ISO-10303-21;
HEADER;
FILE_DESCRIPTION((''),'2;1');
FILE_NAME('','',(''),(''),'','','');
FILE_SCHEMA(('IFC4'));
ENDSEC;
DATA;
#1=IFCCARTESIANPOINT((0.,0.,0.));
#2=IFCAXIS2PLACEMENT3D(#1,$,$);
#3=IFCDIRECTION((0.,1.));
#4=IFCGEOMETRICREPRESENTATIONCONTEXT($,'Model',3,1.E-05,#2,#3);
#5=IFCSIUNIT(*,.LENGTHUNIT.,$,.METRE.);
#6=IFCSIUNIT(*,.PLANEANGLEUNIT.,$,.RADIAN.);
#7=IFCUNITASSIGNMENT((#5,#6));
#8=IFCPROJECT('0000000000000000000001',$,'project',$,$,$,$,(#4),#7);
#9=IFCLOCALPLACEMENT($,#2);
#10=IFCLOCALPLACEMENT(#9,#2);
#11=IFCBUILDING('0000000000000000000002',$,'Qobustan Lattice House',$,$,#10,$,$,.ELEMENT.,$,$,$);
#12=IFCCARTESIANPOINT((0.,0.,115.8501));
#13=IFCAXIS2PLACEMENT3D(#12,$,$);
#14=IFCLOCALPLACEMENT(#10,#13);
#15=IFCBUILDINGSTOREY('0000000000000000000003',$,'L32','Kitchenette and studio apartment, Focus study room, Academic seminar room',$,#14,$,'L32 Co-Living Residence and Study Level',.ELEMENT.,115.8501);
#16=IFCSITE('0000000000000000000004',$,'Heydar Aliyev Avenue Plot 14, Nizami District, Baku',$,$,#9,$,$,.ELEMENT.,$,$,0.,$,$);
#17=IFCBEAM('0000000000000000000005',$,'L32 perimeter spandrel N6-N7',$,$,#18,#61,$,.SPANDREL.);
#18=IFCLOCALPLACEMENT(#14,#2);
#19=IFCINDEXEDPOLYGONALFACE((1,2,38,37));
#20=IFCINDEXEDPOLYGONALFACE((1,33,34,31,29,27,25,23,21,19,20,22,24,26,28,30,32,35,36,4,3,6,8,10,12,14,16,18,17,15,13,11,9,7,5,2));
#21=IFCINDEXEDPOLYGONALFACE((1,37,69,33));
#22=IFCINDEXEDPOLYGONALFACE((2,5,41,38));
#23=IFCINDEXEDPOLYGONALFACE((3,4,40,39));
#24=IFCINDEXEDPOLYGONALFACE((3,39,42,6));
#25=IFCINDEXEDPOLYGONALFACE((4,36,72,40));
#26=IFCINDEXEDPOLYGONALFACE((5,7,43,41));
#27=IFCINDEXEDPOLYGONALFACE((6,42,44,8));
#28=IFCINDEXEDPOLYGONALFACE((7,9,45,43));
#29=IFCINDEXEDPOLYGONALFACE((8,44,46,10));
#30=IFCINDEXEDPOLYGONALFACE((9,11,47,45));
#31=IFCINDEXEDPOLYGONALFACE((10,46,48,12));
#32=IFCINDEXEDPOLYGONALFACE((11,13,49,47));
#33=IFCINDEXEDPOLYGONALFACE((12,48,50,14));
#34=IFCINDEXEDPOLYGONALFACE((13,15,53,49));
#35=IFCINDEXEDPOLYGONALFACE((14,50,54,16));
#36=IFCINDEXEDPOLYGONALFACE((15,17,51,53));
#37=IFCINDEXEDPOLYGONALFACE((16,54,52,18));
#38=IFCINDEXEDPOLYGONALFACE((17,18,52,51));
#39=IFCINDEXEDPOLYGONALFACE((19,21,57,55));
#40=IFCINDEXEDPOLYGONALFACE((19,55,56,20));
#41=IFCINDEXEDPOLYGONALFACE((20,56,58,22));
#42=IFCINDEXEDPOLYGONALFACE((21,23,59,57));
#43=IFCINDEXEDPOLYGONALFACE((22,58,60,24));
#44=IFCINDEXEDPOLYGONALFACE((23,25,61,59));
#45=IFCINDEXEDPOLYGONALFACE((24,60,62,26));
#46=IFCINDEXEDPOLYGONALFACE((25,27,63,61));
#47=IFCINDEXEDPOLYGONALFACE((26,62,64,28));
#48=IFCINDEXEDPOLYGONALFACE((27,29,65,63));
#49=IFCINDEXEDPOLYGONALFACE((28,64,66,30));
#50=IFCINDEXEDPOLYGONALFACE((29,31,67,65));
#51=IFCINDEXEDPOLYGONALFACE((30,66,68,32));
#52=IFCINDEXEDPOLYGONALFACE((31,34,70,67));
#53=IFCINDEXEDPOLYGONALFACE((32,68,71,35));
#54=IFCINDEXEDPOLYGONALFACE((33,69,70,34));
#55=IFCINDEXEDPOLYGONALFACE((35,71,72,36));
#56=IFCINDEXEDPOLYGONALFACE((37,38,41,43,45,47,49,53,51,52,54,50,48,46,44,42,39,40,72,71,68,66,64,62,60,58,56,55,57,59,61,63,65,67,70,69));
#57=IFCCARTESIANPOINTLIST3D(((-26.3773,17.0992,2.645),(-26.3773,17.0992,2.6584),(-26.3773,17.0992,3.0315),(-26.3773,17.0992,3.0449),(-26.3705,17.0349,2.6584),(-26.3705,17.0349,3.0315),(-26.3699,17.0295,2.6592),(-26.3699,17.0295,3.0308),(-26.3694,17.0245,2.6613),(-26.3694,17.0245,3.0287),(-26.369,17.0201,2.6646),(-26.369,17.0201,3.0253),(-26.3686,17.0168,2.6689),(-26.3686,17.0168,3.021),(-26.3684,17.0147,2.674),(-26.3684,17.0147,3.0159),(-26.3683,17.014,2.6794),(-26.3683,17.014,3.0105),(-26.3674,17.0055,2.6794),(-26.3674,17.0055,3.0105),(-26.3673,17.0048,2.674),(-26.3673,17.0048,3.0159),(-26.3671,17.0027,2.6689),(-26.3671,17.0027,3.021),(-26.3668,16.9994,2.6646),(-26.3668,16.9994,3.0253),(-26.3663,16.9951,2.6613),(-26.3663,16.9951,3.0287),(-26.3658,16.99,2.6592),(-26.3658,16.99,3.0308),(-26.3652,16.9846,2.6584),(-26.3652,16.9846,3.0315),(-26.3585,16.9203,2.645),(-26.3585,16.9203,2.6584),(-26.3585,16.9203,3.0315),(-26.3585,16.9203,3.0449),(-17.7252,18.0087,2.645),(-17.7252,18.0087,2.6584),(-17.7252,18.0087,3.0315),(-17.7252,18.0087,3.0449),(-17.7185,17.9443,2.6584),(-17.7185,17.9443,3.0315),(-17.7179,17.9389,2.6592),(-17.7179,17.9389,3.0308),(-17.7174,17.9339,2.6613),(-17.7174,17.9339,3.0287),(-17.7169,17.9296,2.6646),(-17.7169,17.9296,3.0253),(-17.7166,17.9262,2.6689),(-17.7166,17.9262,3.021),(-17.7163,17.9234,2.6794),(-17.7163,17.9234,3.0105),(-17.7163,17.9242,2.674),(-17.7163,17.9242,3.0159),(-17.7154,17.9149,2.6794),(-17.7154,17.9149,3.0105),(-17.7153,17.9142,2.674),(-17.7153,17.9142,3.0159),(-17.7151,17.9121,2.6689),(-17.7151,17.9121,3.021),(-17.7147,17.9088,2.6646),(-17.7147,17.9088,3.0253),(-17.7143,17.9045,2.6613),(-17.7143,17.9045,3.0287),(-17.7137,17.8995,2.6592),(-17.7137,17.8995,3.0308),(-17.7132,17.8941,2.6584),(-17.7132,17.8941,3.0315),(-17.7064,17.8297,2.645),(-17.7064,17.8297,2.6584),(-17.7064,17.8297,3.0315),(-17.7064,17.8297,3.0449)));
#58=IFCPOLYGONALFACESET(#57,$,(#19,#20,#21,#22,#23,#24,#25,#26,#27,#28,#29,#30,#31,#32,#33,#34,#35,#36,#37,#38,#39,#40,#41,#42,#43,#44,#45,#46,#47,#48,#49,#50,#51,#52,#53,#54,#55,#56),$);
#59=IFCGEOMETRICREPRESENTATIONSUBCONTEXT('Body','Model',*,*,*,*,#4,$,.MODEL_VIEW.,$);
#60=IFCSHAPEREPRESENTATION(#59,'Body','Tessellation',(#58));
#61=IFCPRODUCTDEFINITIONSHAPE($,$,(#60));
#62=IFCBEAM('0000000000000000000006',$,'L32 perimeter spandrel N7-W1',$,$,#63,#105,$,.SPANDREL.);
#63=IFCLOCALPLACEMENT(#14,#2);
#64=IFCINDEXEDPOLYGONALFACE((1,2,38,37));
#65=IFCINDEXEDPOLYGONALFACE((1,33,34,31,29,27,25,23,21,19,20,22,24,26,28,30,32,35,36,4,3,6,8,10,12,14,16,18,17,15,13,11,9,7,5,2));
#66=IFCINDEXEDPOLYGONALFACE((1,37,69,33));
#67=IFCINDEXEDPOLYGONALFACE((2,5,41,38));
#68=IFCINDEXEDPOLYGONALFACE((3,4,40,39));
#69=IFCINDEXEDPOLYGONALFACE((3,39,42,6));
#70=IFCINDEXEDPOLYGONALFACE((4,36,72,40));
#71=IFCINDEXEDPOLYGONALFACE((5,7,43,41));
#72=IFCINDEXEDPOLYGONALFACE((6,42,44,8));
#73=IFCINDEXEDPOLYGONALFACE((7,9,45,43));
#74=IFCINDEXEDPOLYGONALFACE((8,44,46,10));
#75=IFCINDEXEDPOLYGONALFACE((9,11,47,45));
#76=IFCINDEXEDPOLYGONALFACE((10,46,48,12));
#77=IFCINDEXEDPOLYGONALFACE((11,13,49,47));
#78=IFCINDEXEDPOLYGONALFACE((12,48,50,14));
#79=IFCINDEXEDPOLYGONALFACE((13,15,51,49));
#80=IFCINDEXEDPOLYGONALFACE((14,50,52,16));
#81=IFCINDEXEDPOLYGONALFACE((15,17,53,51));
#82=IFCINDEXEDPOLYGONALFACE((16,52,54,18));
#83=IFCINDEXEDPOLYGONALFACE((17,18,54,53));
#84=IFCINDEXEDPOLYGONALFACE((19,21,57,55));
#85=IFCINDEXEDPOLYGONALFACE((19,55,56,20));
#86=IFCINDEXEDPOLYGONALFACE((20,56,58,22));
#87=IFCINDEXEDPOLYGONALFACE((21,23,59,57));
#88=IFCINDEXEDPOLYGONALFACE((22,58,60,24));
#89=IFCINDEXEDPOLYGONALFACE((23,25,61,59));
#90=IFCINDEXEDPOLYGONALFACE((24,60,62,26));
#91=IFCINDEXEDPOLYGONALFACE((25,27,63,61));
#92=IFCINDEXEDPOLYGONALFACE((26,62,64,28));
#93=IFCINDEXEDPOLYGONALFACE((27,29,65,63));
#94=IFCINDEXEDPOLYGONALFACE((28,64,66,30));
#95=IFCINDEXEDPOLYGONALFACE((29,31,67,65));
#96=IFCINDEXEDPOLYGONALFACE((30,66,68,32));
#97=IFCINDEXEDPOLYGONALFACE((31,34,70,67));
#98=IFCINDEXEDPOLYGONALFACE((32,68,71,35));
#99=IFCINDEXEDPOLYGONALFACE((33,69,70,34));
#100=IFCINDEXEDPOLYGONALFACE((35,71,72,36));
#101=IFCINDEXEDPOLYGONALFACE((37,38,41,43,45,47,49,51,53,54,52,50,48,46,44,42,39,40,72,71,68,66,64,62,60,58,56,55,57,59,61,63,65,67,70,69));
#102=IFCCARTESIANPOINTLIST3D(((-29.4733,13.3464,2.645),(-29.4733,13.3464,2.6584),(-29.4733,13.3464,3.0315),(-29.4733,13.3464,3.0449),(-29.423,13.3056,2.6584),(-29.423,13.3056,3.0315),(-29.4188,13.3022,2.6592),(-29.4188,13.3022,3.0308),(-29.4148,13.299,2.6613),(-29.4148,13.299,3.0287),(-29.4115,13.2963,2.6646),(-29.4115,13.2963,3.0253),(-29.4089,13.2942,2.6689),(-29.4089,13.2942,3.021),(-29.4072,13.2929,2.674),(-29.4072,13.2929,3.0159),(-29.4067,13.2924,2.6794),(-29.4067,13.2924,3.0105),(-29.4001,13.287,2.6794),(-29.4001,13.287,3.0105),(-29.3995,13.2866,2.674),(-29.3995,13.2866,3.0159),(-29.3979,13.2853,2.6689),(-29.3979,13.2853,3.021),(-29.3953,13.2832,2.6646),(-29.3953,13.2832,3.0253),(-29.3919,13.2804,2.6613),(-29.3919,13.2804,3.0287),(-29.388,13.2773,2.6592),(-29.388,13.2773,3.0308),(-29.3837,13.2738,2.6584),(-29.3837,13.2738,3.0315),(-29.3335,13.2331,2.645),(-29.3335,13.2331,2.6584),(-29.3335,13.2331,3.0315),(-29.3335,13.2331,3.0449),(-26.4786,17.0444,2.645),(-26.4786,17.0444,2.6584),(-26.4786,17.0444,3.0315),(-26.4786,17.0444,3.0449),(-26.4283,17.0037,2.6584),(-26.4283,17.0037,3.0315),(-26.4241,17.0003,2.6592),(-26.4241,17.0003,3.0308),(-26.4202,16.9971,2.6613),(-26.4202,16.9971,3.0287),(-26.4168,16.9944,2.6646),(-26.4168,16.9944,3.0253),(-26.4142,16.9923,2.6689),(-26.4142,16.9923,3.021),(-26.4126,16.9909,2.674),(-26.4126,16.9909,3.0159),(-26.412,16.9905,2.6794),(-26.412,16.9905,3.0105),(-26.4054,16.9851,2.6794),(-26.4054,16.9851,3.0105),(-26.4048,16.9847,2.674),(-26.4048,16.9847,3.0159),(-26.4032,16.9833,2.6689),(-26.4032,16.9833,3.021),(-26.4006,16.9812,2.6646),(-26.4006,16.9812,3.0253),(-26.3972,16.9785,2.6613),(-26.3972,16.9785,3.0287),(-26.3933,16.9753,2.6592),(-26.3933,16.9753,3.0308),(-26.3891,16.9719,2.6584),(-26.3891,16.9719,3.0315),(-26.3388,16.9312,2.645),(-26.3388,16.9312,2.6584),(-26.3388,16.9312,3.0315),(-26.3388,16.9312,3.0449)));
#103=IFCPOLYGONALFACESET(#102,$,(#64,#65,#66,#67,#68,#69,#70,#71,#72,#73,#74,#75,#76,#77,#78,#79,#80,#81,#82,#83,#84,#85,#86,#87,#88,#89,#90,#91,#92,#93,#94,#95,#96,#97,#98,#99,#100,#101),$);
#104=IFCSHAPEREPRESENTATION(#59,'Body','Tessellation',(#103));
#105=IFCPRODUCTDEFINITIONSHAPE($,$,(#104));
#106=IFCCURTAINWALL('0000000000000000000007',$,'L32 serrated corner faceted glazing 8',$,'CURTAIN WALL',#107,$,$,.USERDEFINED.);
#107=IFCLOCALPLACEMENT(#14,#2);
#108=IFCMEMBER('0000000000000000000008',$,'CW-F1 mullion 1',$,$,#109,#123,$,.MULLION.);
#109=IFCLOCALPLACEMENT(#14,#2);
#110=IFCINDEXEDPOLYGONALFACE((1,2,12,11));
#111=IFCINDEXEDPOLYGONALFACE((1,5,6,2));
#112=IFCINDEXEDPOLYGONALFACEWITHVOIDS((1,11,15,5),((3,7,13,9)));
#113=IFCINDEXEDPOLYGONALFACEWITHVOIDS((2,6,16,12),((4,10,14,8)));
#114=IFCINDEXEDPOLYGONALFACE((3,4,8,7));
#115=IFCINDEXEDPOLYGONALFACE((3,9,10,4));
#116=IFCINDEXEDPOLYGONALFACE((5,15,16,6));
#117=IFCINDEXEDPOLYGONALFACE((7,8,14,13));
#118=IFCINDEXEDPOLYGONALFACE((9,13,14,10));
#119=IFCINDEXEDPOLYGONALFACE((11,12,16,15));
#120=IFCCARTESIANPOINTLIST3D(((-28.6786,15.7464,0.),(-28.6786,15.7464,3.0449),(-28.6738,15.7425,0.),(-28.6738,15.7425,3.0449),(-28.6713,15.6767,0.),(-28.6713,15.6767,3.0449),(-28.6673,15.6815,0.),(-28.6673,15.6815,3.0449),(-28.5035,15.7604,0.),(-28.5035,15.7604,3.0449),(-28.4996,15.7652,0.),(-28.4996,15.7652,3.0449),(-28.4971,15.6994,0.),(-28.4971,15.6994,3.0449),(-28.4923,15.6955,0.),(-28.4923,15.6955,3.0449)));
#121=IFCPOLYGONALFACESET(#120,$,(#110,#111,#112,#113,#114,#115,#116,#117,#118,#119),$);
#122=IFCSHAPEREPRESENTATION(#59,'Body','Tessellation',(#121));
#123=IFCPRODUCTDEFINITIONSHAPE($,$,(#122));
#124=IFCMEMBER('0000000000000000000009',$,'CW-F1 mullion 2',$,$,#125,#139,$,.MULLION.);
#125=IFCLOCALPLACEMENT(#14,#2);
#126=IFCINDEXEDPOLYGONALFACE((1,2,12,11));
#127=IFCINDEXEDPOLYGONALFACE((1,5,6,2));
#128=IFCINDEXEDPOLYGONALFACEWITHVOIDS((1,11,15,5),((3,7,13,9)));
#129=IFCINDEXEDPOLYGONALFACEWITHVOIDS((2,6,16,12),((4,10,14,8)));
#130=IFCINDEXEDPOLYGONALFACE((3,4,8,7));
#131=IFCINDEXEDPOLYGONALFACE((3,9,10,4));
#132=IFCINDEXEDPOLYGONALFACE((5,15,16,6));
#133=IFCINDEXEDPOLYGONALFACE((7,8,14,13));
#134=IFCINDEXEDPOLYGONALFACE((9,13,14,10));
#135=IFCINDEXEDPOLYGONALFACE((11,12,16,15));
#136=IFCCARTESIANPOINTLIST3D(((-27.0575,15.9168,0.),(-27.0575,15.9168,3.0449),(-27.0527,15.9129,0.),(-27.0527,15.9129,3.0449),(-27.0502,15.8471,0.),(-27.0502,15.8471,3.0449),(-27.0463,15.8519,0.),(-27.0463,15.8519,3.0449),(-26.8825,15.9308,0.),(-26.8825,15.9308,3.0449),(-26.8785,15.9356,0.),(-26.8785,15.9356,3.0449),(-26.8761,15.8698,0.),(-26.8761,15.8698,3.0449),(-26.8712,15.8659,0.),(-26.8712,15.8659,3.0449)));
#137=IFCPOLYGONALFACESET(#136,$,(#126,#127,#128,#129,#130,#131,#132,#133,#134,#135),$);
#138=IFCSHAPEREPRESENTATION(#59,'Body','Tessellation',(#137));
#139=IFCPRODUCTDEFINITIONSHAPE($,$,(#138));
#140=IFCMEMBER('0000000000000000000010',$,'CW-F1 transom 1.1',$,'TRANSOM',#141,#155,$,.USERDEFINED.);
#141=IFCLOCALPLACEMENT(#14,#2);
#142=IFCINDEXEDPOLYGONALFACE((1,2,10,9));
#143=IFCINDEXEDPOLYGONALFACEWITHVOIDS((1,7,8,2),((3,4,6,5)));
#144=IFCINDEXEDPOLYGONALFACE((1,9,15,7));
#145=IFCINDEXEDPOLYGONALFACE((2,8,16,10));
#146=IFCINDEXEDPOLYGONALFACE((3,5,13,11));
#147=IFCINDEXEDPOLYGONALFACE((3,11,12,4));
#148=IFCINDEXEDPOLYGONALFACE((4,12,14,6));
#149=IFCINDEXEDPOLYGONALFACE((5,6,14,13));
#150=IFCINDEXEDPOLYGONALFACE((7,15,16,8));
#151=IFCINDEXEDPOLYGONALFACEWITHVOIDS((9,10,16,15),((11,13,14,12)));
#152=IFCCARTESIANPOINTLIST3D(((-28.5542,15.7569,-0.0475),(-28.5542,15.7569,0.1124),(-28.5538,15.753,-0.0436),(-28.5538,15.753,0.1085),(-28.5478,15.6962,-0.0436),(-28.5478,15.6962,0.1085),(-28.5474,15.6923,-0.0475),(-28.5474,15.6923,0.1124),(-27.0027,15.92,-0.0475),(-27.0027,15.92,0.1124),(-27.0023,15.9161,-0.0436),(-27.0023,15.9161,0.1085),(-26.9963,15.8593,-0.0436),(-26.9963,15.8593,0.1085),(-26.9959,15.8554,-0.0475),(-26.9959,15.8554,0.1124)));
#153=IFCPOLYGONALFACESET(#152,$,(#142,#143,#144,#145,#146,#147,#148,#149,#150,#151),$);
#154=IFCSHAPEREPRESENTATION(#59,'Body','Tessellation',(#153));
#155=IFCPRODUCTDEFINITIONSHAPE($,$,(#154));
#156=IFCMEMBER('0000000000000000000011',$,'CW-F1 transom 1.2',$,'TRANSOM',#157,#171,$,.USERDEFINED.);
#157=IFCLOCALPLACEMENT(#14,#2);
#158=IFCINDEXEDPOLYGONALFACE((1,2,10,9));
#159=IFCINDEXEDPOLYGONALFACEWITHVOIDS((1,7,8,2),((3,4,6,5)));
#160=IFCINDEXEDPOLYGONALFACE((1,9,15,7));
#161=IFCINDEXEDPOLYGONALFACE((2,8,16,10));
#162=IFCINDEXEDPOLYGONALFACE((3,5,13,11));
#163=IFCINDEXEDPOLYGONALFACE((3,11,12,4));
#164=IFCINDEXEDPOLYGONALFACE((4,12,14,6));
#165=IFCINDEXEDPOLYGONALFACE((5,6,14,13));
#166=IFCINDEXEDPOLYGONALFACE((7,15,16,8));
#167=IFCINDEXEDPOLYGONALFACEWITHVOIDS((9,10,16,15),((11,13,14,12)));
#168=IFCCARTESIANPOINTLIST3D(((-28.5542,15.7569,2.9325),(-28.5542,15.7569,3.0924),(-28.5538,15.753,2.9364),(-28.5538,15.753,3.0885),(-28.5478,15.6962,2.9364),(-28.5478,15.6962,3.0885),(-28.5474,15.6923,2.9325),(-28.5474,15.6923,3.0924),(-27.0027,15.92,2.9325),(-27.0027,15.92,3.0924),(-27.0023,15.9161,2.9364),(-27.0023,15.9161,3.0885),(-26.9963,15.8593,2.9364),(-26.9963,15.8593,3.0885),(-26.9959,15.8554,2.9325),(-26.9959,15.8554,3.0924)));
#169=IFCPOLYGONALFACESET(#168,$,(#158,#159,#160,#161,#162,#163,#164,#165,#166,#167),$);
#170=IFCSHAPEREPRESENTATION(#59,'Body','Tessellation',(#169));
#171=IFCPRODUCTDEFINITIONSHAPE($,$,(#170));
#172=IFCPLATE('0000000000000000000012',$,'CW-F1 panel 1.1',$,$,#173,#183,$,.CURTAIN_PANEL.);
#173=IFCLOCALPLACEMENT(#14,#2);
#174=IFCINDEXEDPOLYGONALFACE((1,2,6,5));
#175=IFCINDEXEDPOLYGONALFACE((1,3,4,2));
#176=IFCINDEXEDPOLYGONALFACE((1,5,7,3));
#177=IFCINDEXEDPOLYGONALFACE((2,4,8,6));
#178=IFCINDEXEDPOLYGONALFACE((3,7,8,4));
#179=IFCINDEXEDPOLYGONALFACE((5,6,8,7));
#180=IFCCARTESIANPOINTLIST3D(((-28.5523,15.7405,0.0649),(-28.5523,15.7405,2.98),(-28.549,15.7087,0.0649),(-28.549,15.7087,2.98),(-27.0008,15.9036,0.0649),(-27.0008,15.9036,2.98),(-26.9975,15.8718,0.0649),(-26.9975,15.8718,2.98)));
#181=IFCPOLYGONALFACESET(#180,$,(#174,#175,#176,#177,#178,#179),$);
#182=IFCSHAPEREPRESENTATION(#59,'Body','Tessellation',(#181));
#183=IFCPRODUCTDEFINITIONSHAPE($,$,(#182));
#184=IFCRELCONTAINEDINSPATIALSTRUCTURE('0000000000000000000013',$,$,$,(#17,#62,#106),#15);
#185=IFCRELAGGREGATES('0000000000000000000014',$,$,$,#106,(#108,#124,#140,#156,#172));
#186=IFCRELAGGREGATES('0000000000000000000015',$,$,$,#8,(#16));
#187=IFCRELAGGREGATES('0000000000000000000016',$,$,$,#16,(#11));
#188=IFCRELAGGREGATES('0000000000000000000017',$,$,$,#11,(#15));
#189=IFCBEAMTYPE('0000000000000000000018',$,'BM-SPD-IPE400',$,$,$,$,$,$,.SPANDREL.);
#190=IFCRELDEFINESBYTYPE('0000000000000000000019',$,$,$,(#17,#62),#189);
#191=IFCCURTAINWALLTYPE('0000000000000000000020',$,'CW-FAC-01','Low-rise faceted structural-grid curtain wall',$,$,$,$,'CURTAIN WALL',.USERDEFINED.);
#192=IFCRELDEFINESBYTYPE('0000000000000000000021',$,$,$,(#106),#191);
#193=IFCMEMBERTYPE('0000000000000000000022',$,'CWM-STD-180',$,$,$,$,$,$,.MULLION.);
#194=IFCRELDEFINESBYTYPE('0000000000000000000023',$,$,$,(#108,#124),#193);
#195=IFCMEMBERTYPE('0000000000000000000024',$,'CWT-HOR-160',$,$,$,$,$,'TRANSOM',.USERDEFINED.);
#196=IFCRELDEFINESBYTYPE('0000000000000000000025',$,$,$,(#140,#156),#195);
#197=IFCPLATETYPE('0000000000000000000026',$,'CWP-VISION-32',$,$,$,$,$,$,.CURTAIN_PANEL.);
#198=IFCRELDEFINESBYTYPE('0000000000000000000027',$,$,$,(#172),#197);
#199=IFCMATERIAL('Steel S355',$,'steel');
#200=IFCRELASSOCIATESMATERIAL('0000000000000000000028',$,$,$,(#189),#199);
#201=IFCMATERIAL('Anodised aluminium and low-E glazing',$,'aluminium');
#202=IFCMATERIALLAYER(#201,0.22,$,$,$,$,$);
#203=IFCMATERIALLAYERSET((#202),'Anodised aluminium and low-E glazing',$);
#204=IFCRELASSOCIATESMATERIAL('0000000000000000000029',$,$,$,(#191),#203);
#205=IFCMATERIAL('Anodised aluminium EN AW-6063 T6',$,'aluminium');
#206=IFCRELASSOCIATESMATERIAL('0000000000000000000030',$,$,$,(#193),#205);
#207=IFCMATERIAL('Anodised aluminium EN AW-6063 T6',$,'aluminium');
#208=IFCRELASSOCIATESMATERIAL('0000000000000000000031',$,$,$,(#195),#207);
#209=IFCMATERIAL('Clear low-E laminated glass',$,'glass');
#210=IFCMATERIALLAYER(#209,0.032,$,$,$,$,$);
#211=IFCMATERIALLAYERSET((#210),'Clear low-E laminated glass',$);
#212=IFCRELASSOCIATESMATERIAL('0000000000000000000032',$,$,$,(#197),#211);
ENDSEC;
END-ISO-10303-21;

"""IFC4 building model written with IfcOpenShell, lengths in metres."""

from ifc_helpers import new_model, si_unit, direction, frame, origin, origin_2d, place, context, subcontext, project, spatial, rectangle, hollow_rectangle, i_section, extrude, material, layer, layer_set, material_profile, profile_set, type_object, element, aggregate, save


model = new_model("IFC4")

# Units and contexts
model_context = context("Model", 3, precision=1e-05, world=origin(), true_north=direction((0.0, 1.0)))
body_context = subcontext(model_context, "Body", "Model", "MODEL_VIEW")
ifc_project = project(units=[si_unit("LENGTHUNIT", "METRE"), si_unit("PLANEANGLEUNIT", "RADIAN")], contexts=[model_context])

# Site, building, storey
site_placement = place(None, origin())
site = spatial("IfcSite", under=ifc_project, at=site_placement, Name="Heydar Aliyev Avenue Plot 14, Nizami District, Baku", CompositionType="ELEMENT", RefElevation=0.0)
building_placement = place(site_placement, origin())
building = spatial("IfcBuilding", under=site, at=building_placement, Name="Qobustan Lattice House", CompositionType="ELEMENT")
storey_placement = place(building_placement, frame((0.0, 0.0, 115.8501)))
storey = spatial("IfcBuildingStorey", under=building, at=storey_placement, Name="L32", Description="Kitchenette and studio apartment, Focus study room, Academic seminar room", LongName="L32 Co-Living Residence and Study Level", CompositionType="ELEMENT", Elevation=115.8501)

# Beams
ifc_material_1 = material(Name="Steel S355", Category="steel")
ifc_material_profile_1 = material_profile(ifc_material_1, i_section(OverallWidth=0.1799, OverallDepth=0.3999, WebThickness=0.0085, FlangeThickness=0.0134, FilletRadius=0.021, at=origin_2d()), Name="IPE400")
ifc_profile_set_1 = profile_set([ifc_material_profile_1], Name="Steel S355")
beam_type_1 = type_object("IfcBeamType", Name="BM-SPD-IPE400", PredefinedType="SPANDREL", material=ifc_profile_set_1)
beam_1_placement = place(storey_placement, frame((-17.7158, 17.9192, 2.845), z_axis=(-0.994521, -0.104534, 0.0), x_axis=(0.104534, -0.994521, 0.0)))
element("IfcBeam", 1, at=beam_1_placement, inside=storey, type_object=beam_type_1, Name="L32 perimeter spandrel N6-N7", PredefinedType="SPANDREL", context=body_context, shape_type="SweptSolid", body=[
    extrude(i_section(OverallWidth=0.1799, OverallDepth=0.3999, WebThickness=0.0085, FlangeThickness=0.0134, FilletRadius=0.021, at=origin_2d()), origin(), (0.0, 0.0, 1.0), 8.6997),
])
beam_2_placement = place(storey_placement, frame((-26.4087, 16.9878, 2.845), z_axis=(-0.629327, -0.777141, 0.0), x_axis=(0.777141, -0.629327, 0.0)))
element("IfcBeam", 2, at=beam_2_placement, inside=storey, type_object=beam_type_1, Name="L32 perimeter spandrel N7-W1", PredefinedType="SPANDREL", context=body_context, shape_type="SweptSolid", body=[
    extrude(i_section(OverallWidth=0.1799, OverallDepth=0.3999, WebThickness=0.0085, FlangeThickness=0.0134, FilletRadius=0.021, at=origin_2d()), origin(), (0.0, 0.0, 1.0), 4.7585),
])

# Curtain wall, members, plate
ifc_material_2 = material(Name="Anodised aluminium and low-E glazing", Category="aluminium")
ifc_layer_1 = layer(ifc_material_2, 0.22)
ifc_layer_set_1 = layer_set([ifc_layer_1], Name="Anodised aluminium and low-E glazing")
curtain_wall_type = type_object("IfcCurtainWallType", Name="CW-FAC-01", Description="Low-rise faceted structural-grid curtain wall", ElementType="CURTAIN WALL", PredefinedType="USERDEFINED", material=ifc_layer_set_1)
curtain_wall_placement = place(storey_placement, origin())
curtain_wall = element("IfcCurtainWall", 3, at=curtain_wall_placement, inside=storey, type_object=curtain_wall_type, Name="L32 serrated corner faceted glazing 8", ObjectType="CURTAIN WALL", PredefinedType="USERDEFINED")
ifc_material_3 = material(Name="Anodised aluminium EN AW-6063 T6", Category="aluminium")
ifc_material_profile_2 = material_profile(ifc_material_3, hollow_rectangle(XDim=0.0701, YDim=0.1799, WallThickness=0.0044, at=origin_2d()), Name="CWM-180x70")
ifc_profile_set_2 = profile_set([ifc_material_profile_2], Name="Anodised aluminium EN AW-6063 T6")
member_type_1 = type_object("IfcMemberType", Name="CWM-STD-180", PredefinedType="MULLION", material=ifc_profile_set_2)
member_1_placement = place(storey_placement, frame((-28.5854, 15.7209, 0.0), z_axis=(0.0, 0.0, 1.0), x_axis=(-0.104529, 0.994522, 0.0)))
member_1 = element("IfcMember", 4, at=member_1_placement, type_object=member_type_1, Name="CW-F1 mullion 1", PredefinedType="MULLION", context=body_context, shape_type="SweptSolid", body=[
    extrude(hollow_rectangle(XDim=0.0701, YDim=0.1799, WallThickness=0.0044, at=origin_2d()), origin(), (0.0, 0.0, 1.0), 3.0449),
])
member_2_placement = place(storey_placement, frame((-26.9644, 15.8914, 0.0), z_axis=(0.0, 0.0, 1.0), x_axis=(-0.104529, 0.994522, 0.0)))
member_2 = element("IfcMember", 5, at=member_2_placement, type_object=member_type_1, Name="CW-F1 mullion 2", PredefinedType="MULLION", context=body_context, shape_type="SweptSolid", body=[
    extrude(hollow_rectangle(XDim=0.0701, YDim=0.1799, WallThickness=0.0044, at=origin_2d()), origin(), (0.0, 0.0, 1.0), 3.0449),
])
ifc_material_4 = material(Name="Anodised aluminium EN AW-6063 T6", Category="aluminium")
ifc_material_profile_3 = material_profile(ifc_material_4, hollow_rectangle(XDim=0.0649, YDim=0.1599, WallThickness=0.0039, at=origin_2d()), Name="CWT-160x65")
ifc_profile_set_3 = profile_set([ifc_material_profile_3], Name="Anodised aluminium EN AW-6063 T6")
member_type_2 = type_object("IfcMemberType", Name="CWT-HOR-160", ElementType="TRANSOM", PredefinedType="USERDEFINED", material=ifc_profile_set_3)
member_3_placement = place(storey_placement, frame((-28.5508, 15.7246, 0.0325), z_axis=(0.994521, 0.104538, 0.0), x_axis=(-0.104538, 0.994521, 0.0)))
member_3 = element("IfcMember", 6, at=member_3_placement, type_object=member_type_2, Name="CW-F1 transom 1.1", ObjectType="TRANSOM", PredefinedType="USERDEFINED", context=body_context, shape_type="SweptSolid", body=[
    extrude(hollow_rectangle(XDim=0.0649, YDim=0.1599, WallThickness=0.0039, at=origin_2d()), origin(), (0.0, 0.0, 1.0), 1.5601),
])
member_4_placement = place(storey_placement, frame((-28.5508, 15.7246, 3.0125), z_axis=(0.994521, 0.104538, 0.0), x_axis=(-0.104538, 0.994521, 0.0)))
member_4 = element("IfcMember", 7, at=member_4_placement, type_object=member_type_2, Name="CW-F1 transom 1.2", ObjectType="TRANSOM", PredefinedType="USERDEFINED", context=body_context, shape_type="SweptSolid", body=[
    extrude(hollow_rectangle(XDim=0.0649, YDim=0.1599, WallThickness=0.0039, at=origin_2d()), origin(), (0.0, 0.0, 1.0), 1.5601),
])
ifc_material_5 = material(Name="Clear low-E laminated glass", Category="glass")
ifc_layer_2 = layer(ifc_material_5, 0.032)
ifc_layer_set_2 = layer_set([ifc_layer_2], Name="Clear low-E laminated glass")
plate_type_1 = type_object("IfcPlateType", Name="CWP-VISION-32", PredefinedType="CURTAIN_PANEL", material=ifc_layer_set_2)
plate_1_placement = place(storey_placement, frame((-27.7749, 15.8062, 0.0649), z_axis=(0.0, 0.0, 1.0), x_axis=(0.994522, 0.104529, 0.0)))
plate_1 = element("IfcPlate", 8, at=plate_1_placement, type_object=plate_type_1, Name="CW-F1 panel 1.1", PredefinedType="CURTAIN_PANEL", context=body_context, shape_type="SweptSolid", body=[
    extrude(rectangle(XDim=1.5601, YDim=0.032, at=origin_2d()), origin(), (0.0, 0.0, 1.0), 2.915),
])
aggregate(curtain_wall, [member_1, member_2, member_3, member_4, plate_1])

save(model, "model.ifc")
